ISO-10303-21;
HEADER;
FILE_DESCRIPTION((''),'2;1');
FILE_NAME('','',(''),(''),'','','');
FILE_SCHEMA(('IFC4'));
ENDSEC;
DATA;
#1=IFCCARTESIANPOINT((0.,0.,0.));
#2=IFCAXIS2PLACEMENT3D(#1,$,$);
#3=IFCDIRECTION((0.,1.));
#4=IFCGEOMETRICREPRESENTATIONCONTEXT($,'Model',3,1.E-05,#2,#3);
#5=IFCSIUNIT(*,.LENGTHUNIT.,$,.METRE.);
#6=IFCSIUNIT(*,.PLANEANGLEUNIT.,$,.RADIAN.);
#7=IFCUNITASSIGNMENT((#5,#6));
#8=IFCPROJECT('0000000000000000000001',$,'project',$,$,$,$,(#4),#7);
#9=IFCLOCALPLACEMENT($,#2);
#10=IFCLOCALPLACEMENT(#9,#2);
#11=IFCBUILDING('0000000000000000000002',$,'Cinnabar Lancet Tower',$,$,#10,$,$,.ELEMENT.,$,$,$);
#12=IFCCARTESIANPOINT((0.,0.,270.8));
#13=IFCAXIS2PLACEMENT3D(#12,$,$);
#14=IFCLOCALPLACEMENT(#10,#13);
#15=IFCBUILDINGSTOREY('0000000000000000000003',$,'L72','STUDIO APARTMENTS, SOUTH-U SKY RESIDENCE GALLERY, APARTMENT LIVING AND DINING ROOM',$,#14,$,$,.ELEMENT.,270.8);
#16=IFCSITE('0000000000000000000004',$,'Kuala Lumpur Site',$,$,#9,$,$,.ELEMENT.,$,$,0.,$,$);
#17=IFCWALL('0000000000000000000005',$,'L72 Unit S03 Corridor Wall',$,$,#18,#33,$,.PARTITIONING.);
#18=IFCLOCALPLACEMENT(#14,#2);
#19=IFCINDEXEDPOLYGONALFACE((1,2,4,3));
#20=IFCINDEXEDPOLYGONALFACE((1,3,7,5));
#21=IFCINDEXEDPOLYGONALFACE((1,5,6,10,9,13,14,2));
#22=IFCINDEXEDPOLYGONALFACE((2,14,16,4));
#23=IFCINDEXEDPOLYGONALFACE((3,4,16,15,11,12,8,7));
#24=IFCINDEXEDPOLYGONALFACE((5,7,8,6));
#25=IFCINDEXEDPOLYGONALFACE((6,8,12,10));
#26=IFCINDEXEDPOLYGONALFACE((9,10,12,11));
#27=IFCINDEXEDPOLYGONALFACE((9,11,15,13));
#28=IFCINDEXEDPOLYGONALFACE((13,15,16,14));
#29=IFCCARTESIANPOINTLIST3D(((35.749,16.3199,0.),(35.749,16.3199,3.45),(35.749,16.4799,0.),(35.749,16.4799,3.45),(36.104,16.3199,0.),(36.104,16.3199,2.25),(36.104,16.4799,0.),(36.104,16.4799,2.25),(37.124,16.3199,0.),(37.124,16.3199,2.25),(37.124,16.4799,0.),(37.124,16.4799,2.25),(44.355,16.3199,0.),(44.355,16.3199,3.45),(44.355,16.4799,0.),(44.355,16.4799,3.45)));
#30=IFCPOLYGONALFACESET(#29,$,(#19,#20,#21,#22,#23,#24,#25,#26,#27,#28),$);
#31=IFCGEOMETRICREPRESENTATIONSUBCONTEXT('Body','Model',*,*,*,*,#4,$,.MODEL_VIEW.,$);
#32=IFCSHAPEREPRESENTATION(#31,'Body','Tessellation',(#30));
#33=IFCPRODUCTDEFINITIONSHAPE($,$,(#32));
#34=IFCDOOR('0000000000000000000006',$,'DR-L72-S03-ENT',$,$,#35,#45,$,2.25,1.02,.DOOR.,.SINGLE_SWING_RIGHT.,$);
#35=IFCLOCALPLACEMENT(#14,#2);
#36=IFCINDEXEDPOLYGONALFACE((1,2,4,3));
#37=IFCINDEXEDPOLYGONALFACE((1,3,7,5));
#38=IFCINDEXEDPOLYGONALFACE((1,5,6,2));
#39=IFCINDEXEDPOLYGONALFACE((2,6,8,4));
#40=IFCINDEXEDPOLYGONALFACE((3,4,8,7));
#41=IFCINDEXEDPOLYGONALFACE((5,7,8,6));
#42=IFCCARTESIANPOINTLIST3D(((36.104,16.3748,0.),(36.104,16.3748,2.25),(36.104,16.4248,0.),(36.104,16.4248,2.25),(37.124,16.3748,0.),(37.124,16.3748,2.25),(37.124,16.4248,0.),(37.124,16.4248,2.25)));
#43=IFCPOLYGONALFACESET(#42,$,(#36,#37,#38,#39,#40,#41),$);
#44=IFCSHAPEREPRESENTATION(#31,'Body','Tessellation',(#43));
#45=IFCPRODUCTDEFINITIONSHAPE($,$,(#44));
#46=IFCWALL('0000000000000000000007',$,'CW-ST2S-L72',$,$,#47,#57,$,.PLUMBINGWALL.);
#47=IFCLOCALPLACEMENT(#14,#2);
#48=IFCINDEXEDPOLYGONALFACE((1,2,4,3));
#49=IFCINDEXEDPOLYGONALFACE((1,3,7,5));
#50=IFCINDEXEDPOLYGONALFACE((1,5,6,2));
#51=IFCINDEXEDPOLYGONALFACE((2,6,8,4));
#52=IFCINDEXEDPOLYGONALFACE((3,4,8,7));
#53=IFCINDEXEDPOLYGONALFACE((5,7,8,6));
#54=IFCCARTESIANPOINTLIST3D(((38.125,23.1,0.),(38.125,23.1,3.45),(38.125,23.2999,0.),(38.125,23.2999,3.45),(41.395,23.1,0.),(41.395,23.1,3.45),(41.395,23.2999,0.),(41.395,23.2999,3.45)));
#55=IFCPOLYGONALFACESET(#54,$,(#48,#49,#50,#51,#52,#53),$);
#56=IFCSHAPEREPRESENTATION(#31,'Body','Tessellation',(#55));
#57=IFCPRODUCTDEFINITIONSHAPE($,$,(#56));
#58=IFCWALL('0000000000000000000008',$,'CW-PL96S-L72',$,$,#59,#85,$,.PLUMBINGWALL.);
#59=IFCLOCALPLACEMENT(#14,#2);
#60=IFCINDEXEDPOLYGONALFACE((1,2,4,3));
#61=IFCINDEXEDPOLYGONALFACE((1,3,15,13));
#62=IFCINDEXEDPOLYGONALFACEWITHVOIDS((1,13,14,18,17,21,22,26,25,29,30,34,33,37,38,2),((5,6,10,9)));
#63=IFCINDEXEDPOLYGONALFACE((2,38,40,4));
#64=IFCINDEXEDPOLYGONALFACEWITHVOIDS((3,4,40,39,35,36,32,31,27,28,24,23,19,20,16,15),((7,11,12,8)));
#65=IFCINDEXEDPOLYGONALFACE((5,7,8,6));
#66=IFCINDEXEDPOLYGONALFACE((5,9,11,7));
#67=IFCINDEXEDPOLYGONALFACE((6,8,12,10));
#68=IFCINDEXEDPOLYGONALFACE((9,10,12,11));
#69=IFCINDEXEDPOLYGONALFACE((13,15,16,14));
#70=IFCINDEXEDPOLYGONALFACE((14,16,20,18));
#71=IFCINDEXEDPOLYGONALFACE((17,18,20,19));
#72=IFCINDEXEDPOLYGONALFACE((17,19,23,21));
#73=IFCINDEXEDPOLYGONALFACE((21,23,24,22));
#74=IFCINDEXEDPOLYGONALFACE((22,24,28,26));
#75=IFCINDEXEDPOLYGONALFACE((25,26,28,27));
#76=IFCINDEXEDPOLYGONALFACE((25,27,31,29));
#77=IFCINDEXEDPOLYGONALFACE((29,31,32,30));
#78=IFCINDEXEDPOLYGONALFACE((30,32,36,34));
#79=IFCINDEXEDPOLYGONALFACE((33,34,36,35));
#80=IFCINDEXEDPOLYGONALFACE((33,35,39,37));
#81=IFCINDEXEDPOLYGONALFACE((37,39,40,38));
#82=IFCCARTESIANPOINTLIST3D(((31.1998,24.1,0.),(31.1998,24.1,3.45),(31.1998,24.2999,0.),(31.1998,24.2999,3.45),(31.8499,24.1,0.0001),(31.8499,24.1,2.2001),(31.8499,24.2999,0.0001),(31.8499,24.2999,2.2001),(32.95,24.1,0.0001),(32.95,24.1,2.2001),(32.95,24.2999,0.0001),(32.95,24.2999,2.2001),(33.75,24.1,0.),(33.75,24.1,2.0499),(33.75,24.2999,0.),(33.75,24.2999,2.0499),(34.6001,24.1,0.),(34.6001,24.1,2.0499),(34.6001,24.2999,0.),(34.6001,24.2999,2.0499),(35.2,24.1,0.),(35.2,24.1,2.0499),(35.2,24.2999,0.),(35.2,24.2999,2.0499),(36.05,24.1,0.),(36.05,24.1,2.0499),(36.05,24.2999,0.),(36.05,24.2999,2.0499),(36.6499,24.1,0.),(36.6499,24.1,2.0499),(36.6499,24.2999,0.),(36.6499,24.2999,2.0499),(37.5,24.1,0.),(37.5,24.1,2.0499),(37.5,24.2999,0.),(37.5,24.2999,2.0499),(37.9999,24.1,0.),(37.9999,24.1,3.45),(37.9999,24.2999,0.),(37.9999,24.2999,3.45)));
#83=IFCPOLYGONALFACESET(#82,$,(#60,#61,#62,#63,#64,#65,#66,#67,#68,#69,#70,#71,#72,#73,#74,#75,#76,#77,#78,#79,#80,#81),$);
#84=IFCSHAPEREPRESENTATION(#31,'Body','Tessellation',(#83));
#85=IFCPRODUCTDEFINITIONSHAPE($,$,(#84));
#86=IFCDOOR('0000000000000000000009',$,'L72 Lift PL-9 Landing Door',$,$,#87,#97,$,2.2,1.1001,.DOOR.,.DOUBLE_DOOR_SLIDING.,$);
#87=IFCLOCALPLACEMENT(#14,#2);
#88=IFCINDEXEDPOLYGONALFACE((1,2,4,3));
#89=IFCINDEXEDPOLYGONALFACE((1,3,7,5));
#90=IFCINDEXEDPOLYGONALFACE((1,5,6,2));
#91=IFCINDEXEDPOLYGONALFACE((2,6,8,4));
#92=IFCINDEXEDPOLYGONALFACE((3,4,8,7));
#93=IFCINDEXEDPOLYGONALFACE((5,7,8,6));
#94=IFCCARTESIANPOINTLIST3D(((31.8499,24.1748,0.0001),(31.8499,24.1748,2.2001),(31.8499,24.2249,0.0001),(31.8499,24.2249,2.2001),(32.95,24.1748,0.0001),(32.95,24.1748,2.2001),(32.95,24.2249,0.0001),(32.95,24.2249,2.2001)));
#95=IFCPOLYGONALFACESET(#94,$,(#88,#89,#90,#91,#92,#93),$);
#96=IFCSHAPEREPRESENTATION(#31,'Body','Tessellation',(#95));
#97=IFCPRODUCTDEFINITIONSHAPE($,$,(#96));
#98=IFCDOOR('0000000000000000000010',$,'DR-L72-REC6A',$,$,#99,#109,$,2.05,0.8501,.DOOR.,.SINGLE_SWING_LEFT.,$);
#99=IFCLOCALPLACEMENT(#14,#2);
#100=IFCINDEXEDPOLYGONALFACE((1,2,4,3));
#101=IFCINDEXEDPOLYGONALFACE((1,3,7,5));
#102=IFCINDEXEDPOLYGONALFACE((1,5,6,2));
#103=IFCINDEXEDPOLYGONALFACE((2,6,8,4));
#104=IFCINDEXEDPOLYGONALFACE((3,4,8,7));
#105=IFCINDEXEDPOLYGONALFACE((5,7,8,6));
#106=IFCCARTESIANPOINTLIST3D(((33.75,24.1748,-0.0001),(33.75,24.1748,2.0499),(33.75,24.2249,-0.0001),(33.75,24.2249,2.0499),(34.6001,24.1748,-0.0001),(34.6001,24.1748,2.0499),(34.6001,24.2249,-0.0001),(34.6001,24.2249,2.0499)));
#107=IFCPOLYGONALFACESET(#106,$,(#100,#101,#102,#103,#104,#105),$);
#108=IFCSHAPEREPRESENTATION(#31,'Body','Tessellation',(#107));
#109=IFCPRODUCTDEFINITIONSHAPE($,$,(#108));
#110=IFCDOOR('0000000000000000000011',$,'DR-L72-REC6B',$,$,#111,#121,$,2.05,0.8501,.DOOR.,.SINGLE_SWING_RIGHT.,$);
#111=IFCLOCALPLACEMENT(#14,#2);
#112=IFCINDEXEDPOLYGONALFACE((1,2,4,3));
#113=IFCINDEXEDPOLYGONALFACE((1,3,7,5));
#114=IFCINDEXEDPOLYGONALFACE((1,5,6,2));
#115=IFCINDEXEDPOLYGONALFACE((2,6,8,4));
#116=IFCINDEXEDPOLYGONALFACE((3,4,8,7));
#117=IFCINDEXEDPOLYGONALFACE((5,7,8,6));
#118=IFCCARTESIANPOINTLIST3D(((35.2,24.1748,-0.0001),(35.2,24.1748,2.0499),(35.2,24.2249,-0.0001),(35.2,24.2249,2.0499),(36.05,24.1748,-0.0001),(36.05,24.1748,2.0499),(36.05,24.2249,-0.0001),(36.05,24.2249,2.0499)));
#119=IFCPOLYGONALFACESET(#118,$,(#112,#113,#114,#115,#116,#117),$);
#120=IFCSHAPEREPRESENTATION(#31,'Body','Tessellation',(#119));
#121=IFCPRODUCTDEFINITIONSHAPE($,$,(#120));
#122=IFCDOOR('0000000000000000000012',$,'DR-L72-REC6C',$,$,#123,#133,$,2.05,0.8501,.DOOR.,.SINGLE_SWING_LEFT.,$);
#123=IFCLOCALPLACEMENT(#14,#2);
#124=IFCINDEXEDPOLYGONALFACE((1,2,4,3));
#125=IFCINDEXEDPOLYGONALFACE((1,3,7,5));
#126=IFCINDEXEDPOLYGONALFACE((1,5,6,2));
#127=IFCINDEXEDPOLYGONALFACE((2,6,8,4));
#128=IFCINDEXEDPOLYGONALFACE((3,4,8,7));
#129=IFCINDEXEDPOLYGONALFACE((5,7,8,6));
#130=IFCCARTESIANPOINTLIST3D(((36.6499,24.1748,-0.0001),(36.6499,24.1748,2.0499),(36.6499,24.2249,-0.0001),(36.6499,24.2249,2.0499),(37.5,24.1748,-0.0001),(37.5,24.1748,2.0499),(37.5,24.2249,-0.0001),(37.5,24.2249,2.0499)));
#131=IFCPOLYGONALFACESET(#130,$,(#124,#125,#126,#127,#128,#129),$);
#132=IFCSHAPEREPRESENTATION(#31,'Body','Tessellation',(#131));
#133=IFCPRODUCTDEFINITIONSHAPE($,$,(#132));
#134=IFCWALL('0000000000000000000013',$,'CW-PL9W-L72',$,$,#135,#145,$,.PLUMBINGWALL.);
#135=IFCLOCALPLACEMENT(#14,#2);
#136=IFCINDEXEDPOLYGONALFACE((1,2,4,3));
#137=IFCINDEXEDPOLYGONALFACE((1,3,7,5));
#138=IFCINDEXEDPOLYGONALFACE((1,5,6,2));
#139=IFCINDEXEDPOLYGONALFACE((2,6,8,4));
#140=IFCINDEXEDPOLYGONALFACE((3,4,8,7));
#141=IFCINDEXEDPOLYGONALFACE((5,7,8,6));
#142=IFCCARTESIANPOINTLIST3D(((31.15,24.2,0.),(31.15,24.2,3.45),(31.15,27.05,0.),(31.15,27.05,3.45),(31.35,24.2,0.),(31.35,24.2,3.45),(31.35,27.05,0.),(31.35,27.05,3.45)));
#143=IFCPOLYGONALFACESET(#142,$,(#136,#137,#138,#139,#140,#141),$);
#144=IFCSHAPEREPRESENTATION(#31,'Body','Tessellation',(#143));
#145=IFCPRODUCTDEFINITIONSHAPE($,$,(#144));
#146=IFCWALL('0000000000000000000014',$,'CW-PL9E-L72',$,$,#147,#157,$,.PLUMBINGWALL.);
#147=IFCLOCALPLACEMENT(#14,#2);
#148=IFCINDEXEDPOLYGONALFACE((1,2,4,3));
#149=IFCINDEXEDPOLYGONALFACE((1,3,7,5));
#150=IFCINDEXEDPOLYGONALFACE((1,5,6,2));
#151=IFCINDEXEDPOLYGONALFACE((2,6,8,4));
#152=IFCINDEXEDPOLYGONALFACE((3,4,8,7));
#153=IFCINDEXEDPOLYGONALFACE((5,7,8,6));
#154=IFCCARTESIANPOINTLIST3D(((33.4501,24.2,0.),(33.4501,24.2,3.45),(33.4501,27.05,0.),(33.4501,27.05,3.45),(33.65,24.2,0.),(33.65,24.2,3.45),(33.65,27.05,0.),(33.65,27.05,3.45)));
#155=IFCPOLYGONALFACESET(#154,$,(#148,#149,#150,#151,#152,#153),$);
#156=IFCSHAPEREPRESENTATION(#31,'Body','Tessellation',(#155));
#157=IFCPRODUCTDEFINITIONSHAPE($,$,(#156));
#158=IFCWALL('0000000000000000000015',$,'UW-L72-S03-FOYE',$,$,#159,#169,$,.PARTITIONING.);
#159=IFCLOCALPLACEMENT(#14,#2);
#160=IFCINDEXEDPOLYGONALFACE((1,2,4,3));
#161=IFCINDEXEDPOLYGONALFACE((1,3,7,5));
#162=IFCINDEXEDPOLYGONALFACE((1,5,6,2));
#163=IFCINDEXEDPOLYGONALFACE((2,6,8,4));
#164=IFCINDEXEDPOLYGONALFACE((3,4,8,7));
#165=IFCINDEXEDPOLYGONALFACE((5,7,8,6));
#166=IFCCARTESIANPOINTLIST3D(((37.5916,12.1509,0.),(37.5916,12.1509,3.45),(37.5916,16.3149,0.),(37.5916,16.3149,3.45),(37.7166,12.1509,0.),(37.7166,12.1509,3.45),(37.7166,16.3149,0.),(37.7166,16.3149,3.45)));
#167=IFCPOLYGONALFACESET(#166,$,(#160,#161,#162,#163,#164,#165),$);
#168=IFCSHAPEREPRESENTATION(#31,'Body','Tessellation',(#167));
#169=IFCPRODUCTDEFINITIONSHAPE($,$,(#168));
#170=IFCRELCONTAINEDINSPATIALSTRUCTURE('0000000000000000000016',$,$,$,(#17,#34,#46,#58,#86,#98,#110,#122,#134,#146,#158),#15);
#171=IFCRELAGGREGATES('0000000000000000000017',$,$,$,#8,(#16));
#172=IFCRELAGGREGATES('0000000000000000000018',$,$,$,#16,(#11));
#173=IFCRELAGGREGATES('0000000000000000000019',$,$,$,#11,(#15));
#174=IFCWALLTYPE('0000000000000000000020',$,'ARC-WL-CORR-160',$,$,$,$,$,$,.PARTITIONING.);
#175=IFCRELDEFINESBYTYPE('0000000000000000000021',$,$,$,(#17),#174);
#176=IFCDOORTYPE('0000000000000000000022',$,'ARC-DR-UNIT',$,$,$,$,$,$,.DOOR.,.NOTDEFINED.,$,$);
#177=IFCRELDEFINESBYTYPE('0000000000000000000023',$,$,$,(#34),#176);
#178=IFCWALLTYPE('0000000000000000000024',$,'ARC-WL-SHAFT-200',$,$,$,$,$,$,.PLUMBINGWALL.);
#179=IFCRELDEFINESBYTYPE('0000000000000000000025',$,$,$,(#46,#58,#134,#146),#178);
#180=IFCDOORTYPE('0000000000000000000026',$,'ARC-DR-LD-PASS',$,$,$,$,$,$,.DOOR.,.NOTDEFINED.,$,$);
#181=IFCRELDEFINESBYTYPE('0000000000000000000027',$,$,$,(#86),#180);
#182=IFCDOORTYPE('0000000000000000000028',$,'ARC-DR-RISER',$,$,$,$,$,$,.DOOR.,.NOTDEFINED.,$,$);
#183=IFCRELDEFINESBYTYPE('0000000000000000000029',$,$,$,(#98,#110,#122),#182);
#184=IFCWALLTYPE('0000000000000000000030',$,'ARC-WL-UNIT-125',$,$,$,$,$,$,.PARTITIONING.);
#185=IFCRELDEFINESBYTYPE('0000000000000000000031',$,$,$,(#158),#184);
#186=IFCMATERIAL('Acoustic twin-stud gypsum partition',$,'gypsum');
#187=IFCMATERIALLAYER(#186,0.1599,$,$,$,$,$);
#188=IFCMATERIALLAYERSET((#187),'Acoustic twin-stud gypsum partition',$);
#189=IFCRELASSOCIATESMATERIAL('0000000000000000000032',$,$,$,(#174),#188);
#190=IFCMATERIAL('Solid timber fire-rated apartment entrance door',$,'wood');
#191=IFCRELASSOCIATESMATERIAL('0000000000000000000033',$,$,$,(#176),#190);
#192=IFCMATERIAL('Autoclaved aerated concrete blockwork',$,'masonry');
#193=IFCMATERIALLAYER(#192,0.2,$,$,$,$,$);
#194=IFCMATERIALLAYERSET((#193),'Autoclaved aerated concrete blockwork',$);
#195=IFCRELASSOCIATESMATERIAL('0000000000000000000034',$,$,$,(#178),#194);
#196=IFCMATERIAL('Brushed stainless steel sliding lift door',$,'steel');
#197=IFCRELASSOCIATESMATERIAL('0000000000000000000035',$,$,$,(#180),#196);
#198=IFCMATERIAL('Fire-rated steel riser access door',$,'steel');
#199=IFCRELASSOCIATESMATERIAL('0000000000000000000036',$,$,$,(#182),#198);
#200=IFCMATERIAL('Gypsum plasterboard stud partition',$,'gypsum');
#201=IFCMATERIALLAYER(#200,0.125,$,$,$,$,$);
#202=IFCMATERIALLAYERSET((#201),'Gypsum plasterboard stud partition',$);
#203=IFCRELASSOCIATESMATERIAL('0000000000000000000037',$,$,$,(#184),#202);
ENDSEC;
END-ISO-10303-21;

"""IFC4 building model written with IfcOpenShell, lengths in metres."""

from ifc_helpers import new_model, si_unit, direction, frame, frame_2d, origin, place, context, subcontext, project, spatial, rectangle, extrude, material, layer, layer_set, type_object, element, fill, save


model = new_model("IFC4")

# Units and contexts
model_context = context("Model", 3, precision=1e-05, world=origin(), true_north=direction((0.0, 1.0)))
body_context = subcontext(model_context, "Body", "Model", "MODEL_VIEW")
ifc_project = project(units=[si_unit("LENGTHUNIT", "METRE"), si_unit("PLANEANGLEUNIT", "RADIAN")], contexts=[model_context])

# Site, building, storey
site_placement = place(None, origin())
site = spatial("IfcSite", under=ifc_project, at=site_placement, Name="Kuala Lumpur Site", CompositionType="ELEMENT", RefElevation=0.0)
building_placement = place(site_placement, origin())
building = spatial("IfcBuilding", under=site, at=building_placement, Name="Cinnabar Lancet Tower", CompositionType="ELEMENT")
storey_placement = place(building_placement, frame((0.0, 0.0, 270.8)))
storey = spatial("IfcBuildingStorey", under=building, at=storey_placement, Name="L72", Description="STUDIO APARTMENTS, SOUTH-U SKY RESIDENCE GALLERY, APARTMENT LIVING AND DINING ROOM", CompositionType="ELEMENT", Elevation=270.8)

# Shared definitions
ifc_material_1 = material(Name="Acoustic twin-stud gypsum partition", Category="gypsum")
ifc_layer_1 = layer(ifc_material_1, 0.1599)
ifc_layer_set_1 = layer_set([ifc_layer_1], Name="Acoustic twin-stud gypsum partition")
wall_type_1 = type_object("IfcWallType", Name="ARC-WL-CORR-160", PredefinedType="PARTITIONING", material=ifc_layer_set_1)

# Wall, opening, door
wall_1_placement = place(storey_placement, frame((35.749, 16.3999, 0.0), z_axis=(0.0, 0.0, 1.0), x_axis=(1.0, 0.0, 0.0)))
wall_1 = element("IfcWall", 1, at=wall_1_placement, inside=storey, type_object=wall_type_1, Name="L72 Unit S03 Corridor Wall", PredefinedType="PARTITIONING", context=body_context, shape_type="SweptSolid", body=[
    extrude(rectangle(XDim=8.606, YDim=0.1599, at=frame_2d((4.303, 0.0))), origin(), (0.0, 0.0, 1.0), 3.45),
])
opening_1_placement = place(wall_1_placement, frame((0.355, 0.0, 0.0)))
opening_1 = element("IfcOpeningElement", 2, at=opening_1_placement, cuts=wall_1, PredefinedType="OPENING", context=body_context, shape_type="SweptSolid", body=[
    extrude(rectangle(XDim=1.02, YDim=2.25, at=frame_2d((0.51, 1.125))), frame((0.0, 0.0898, 0.0), z_axis=(0.0, -1.0, 0.0), x_axis=(1.0, 0.0, 0.0)), (0.0, 0.0, 1.0), 0.1799),
])
ifc_material_2 = material(Name="Solid timber fire-rated apartment entrance door", Category="wood")
door_type_1 = type_object("IfcDoorType", Name="ARC-DR-UNIT", OperationType="NOTDEFINED", PredefinedType="DOOR", material=ifc_material_2)
door_1_placement = place(opening_1_placement, origin())
door_1 = element("IfcDoor", 3, at=door_1_placement, inside=storey, type_object=door_type_1, Name="DR-L72-S03-ENT", OperationType="SINGLE_SWING_RIGHT", OverallHeight=2.25, OverallWidth=1.02, PredefinedType="DOOR", context=body_context, shape_type="SweptSolid", body=[
    extrude(rectangle(XDim=1.02, YDim=2.25, at=frame_2d((0.51, 1.125))), frame((0.0, 0.0249, 0.0), z_axis=(0.0, -1.0, 0.0), x_axis=(1.0, 0.0, 0.0)), (0.0, 0.0, 1.0), 0.05),
])
fill(opening_1, door_1)

# Wall
ifc_material_3 = material(Name="Autoclaved aerated concrete blockwork", Category="masonry")
ifc_layer_2 = layer(ifc_material_3, 0.2)
ifc_layer_set_2 = layer_set([ifc_layer_2], Name="Autoclaved aerated concrete blockwork")
wall_type_2 = type_object("IfcWallType", Name="ARC-WL-SHAFT-200", PredefinedType="PLUMBINGWALL", material=ifc_layer_set_2)
wall_2_placement = place(storey_placement, frame((38.125, 23.2, 0.0), z_axis=(0.0, 0.0, 1.0), x_axis=(1.0, 0.0, 0.0)))
element("IfcWall", 4, at=wall_2_placement, inside=storey, type_object=wall_type_2, Name="CW-ST2S-L72", PredefinedType="PLUMBINGWALL", context=body_context, shape_type="SweptSolid", body=[
    extrude(rectangle(XDim=3.27, YDim=0.2, at=frame_2d((1.635, 0.0))), origin(), (0.0, 0.0, 1.0), 3.45),
])

# Wall, openings, doors
wall_3_placement = place(storey_placement, frame((31.2, 24.2, 0.0), z_axis=(0.0, 0.0, 1.0), x_axis=(1.0, 0.0, 0.0)))
wall_3 = element("IfcWall", 5, at=wall_3_placement, inside=storey, type_object=wall_type_2, Name="CW-PL96S-L72", PredefinedType="PLUMBINGWALL", context=body_context, shape_type="SweptSolid", body=[
    extrude(rectangle(XDim=6.8, YDim=0.2, at=frame_2d((3.3999, 0.0))), origin(), (0.0, 0.0, 1.0), 3.45),
])
opening_2_placement = place(wall_3_placement, frame((0.6499, 0.0, 0.0)))
opening_2 = element("IfcOpeningElement", 6, at=opening_2_placement, cuts=wall_3, PredefinedType="OPENING", context=body_context, shape_type="SweptSolid", body=[
    extrude(rectangle(XDim=1.1001, YDim=2.2, at=frame_2d((0.55, 1.1001))), frame((0.0, 0.1099, 0.0), z_axis=(0.0, -1.0, 0.0), x_axis=(1.0, 0.0, 0.0)), (0.0, 0.0, 1.0), 0.22),
])
opening_3_placement = place(wall_3_placement, frame((2.55, 0.0, 0.0)))
opening_3 = element("IfcOpeningElement", 7, at=opening_3_placement, cuts=wall_3, PredefinedType="OPENING", context=body_context, shape_type="SweptSolid", body=[
    extrude(rectangle(XDim=0.8501, YDim=2.05, at=frame_2d((0.425, 1.0249))), frame((0.0, 0.1099, 0.0), z_axis=(0.0, -1.0, 0.0), x_axis=(1.0, 0.0, 0.0)), (0.0, 0.0, 1.0), 0.22),
])
opening_4_placement = place(wall_3_placement, frame((4.0, 0.0, 0.0)))
opening_4 = element("IfcOpeningElement", 8, at=opening_4_placement, cuts=wall_3, PredefinedType="OPENING", context=body_context, shape_type="SweptSolid", body=[
    extrude(rectangle(XDim=0.8501, YDim=2.05, at=frame_2d((0.425, 1.0249))), frame((0.0, 0.1099, 0.0), z_axis=(0.0, -1.0, 0.0), x_axis=(1.0, 0.0, 0.0)), (0.0, 0.0, 1.0), 0.22),
])
opening_5_placement = place(wall_3_placement, frame((5.45, 0.0, 0.0)))
opening_5 = element("IfcOpeningElement", 9, at=opening_5_placement, cuts=wall_3, PredefinedType="OPENING", context=body_context, shape_type="SweptSolid", body=[
    extrude(rectangle(XDim=0.8501, YDim=2.05, at=frame_2d((0.425, 1.0249))), frame((0.0, 0.1099, 0.0), z_axis=(0.0, -1.0, 0.0), x_axis=(1.0, 0.0, 0.0)), (0.0, 0.0, 1.0), 0.22),
])
ifc_material_4 = material(Name="Brushed stainless steel sliding lift door", Category="steel")
door_type_2 = type_object("IfcDoorType", Name="ARC-DR-LD-PASS", OperationType="NOTDEFINED", PredefinedType="DOOR", material=ifc_material_4)
door_2_placement = place(opening_2_placement, origin())
door_2 = element("IfcDoor", 10, at=door_2_placement, inside=storey, type_object=door_type_2, Name="L72 Lift PL-9 Landing Door", OperationType="DOUBLE_DOOR_SLIDING", OverallHeight=2.2, OverallWidth=1.1001, PredefinedType="DOOR", context=body_context, shape_type="SweptSolid", body=[
    extrude(rectangle(XDim=1.1001, YDim=2.2, at=frame_2d((0.55, 1.1001))), frame((0.0, 0.0249, 0.0), z_axis=(0.0, -1.0, 0.0), x_axis=(1.0, 0.0, 0.0)), (0.0, 0.0, 1.0), 0.05),
])
fill(opening_2, door_2)
ifc_material_5 = material(Name="Fire-rated steel riser access door", Category="steel")
door_type_3 = type_object("IfcDoorType", Name="ARC-DR-RISER", OperationType="NOTDEFINED", PredefinedType="DOOR", material=ifc_material_5)
door_3_placement = place(opening_3_placement, origin())
door_3 = element("IfcDoor", 11, at=door_3_placement, inside=storey, type_object=door_type_3, Name="DR-L72-REC6A", OperationType="SINGLE_SWING_LEFT", OverallHeight=2.05, OverallWidth=0.8501, PredefinedType="DOOR", context=body_context, shape_type="SweptSolid", body=[
    extrude(rectangle(XDim=0.8501, YDim=2.05, at=frame_2d((0.425, 1.0249))), frame((0.0, 0.0249, 0.0), z_axis=(0.0, -1.0, 0.0), x_axis=(1.0, 0.0, 0.0)), (0.0, 0.0, 1.0), 0.05),
])
fill(opening_3, door_3)
door_4_placement = place(opening_4_placement, origin())
door_4 = element("IfcDoor", 12, at=door_4_placement, inside=storey, type_object=door_type_3, Name="DR-L72-REC6B", OperationType="SINGLE_SWING_RIGHT", OverallHeight=2.05, OverallWidth=0.8501, PredefinedType="DOOR", context=body_context, shape_type="SweptSolid", body=[
    extrude(rectangle(XDim=0.8501, YDim=2.05, at=frame_2d((0.425, 1.0249))), frame((0.0, 0.0249, 0.0), z_axis=(0.0, -1.0, 0.0), x_axis=(1.0, 0.0, 0.0)), (0.0, 0.0, 1.0), 0.05),
])
fill(opening_4, door_4)
door_5_placement = place(opening_5_placement, origin())
door_5 = element("IfcDoor", 13, at=door_5_placement, inside=storey, type_object=door_type_3, Name="DR-L72-REC6C", OperationType="SINGLE_SWING_LEFT", OverallHeight=2.05, OverallWidth=0.8501, PredefinedType="DOOR", context=body_context, shape_type="SweptSolid", body=[
    extrude(rectangle(XDim=0.8501, YDim=2.05, at=frame_2d((0.425, 1.0249))), frame((0.0, 0.0249, 0.0), z_axis=(0.0, -1.0, 0.0), x_axis=(1.0, 0.0, 0.0)), (0.0, 0.0, 1.0), 0.05),
])
fill(opening_5, door_5)

# Walls
for number, where, z_axis, x_axis, name in (
    (14, (31.25, 24.2, 0.0), (0.0, 0.0, 1.0), (0.0, 1.0, 0.0), "CW-PL9W-L72"),
    (15, (33.55, 24.2, 0.0), (0.0, 0.0, 1.0), (0.0, 1.0, 0.0), "CW-PL9E-L72"),
):
    element("IfcWall", number, at=place(storey_placement, frame(where, z_axis=z_axis, x_axis=x_axis)), inside=storey, type_object=wall_type_2, Name=name, PredefinedType="PLUMBINGWALL", context=body_context, shape_type="SweptSolid", body=[
        extrude(rectangle(XDim=2.8501, YDim=0.2, at=frame_2d((1.425, 0.0))), origin(), (0.0, 0.0, 1.0), 3.45),
    ])
ifc_material_6 = material(Name="Gypsum plasterboard stud partition", Category="gypsum")
ifc_layer_3 = layer(ifc_material_6, 0.125)
ifc_layer_set_3 = layer_set([ifc_layer_3], Name="Gypsum plasterboard stud partition")
wall_type_3 = type_object("IfcWallType", Name="ARC-WL-UNIT-125", PredefinedType="PARTITIONING", material=ifc_layer_set_3)
wall_4_placement = place(storey_placement, frame((37.6541, 12.1509, 0.0), z_axis=(0.0, 0.0, 1.0), x_axis=(0.0, 1.0, 0.0)))
element("IfcWall", 16, at=wall_4_placement, inside=storey, type_object=wall_type_3, Name="UW-L72-S03-FOYE", PredefinedType="PARTITIONING", context=body_context, shape_type="SweptSolid", body=[
    extrude(rectangle(XDim=4.1641, YDim=0.125, at=frame_2d((2.082, 0.0))), origin(), (0.0, 0.0, 1.0), 3.45),
])

save(model, "model.ifc")
